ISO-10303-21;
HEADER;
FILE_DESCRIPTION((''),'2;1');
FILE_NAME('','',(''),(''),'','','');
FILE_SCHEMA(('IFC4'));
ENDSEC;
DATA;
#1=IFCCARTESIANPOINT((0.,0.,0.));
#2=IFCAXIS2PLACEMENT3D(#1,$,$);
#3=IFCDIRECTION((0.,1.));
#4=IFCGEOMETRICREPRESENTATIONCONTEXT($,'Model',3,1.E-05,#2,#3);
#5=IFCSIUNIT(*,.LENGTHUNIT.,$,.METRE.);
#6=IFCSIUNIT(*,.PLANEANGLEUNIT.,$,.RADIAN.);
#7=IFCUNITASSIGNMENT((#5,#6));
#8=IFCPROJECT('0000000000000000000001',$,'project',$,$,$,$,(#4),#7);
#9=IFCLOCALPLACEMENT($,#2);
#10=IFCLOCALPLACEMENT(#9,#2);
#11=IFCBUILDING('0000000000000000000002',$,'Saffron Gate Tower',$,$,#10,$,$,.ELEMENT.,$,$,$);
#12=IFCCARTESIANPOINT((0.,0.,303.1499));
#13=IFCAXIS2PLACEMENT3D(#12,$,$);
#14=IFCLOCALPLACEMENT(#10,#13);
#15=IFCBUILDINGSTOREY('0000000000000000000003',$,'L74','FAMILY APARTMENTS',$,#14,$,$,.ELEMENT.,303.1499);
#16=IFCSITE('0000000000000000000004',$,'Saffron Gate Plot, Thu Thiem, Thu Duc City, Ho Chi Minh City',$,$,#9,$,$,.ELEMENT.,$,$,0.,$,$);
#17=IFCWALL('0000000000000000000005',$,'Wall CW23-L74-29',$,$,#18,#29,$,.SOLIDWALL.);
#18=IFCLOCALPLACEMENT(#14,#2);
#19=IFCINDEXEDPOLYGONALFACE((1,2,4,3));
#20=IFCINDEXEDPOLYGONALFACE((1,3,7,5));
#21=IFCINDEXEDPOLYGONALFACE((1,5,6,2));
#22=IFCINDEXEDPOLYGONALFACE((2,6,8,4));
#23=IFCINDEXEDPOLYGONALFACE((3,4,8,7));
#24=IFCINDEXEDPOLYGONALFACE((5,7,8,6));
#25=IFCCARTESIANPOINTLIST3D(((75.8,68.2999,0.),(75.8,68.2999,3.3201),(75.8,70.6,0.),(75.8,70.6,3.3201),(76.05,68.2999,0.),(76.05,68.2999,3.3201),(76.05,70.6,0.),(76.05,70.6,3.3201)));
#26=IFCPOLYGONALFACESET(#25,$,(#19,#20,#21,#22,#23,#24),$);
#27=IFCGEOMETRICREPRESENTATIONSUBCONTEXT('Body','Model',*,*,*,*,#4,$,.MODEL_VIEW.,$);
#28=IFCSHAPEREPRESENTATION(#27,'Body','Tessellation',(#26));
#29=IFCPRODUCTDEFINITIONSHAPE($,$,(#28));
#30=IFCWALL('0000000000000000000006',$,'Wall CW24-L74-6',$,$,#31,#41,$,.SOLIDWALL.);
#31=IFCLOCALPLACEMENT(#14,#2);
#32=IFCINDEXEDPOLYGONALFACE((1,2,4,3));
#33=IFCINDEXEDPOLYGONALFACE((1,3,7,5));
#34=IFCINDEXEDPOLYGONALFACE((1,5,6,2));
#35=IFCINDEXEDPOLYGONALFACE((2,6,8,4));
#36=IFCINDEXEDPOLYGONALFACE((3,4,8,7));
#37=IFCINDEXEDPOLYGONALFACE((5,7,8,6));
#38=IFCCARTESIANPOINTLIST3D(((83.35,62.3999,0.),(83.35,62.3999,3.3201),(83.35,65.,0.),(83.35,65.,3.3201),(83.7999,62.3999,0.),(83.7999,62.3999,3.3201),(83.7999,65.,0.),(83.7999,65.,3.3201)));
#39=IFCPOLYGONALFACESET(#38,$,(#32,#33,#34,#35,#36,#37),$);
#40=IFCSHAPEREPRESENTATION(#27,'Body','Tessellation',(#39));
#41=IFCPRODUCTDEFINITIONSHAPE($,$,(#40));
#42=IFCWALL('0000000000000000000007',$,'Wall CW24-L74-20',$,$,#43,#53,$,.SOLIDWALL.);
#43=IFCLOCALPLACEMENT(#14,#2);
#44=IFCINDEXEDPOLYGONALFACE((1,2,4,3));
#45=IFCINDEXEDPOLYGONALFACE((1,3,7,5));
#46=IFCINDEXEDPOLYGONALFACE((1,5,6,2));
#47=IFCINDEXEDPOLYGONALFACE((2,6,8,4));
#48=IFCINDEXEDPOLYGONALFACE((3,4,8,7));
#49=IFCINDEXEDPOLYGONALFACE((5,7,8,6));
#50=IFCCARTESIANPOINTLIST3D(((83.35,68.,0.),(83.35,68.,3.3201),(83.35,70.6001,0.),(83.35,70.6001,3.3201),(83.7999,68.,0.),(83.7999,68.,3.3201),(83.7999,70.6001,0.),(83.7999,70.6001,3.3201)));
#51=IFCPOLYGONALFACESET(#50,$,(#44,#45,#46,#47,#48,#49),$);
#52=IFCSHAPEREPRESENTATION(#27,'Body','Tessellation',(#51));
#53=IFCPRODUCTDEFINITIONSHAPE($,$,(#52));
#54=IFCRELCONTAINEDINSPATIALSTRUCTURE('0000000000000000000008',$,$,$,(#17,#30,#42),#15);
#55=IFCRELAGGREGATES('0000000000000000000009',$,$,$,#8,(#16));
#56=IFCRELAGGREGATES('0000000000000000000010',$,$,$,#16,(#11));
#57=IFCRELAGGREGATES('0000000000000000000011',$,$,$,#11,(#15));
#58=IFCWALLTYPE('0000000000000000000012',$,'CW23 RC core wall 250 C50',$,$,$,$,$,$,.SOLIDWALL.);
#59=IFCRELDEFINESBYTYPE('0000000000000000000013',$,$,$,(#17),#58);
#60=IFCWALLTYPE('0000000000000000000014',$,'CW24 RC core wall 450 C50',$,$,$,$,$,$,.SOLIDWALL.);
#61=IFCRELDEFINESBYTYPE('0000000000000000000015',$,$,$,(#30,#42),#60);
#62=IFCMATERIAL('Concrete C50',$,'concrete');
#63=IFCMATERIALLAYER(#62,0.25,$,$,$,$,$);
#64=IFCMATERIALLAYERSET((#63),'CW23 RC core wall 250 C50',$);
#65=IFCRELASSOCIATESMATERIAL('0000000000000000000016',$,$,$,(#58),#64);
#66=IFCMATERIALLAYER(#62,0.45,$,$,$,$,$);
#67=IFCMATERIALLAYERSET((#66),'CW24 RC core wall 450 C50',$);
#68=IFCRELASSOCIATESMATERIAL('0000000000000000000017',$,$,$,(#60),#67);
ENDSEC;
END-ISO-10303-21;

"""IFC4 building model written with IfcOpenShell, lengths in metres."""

from ifc_helpers import new_model, si_unit, direction, frame, frame_2d, origin, place, context, subcontext, project, spatial, rectangle, extrude, material, layer, layer_set, type_object, element, save


model = new_model("IFC4")

# Units and contexts
model_context = context("Model", 3, precision=1e-05, world=origin(), true_north=direction((0.0, 1.0)))
body_context = subcontext(model_context, "Body", "Model", "MODEL_VIEW")
ifc_project = project(units=[si_unit("LENGTHUNIT", "METRE"), si_unit("PLANEANGLEUNIT", "RADIAN")], contexts=[model_context])

# Site, building, storey
site_placement = place(None, origin())
site = spatial("IfcSite", under=ifc_project, at=site_placement, Name="Saffron Gate Plot, Thu Thiem, Thu Duc City, Ho Chi Minh City", CompositionType="ELEMENT", RefElevation=0.0)
building_placement = place(site_placement, origin())
building = spatial("IfcBuilding", under=site, at=building_placement, Name="Saffron Gate Tower", CompositionType="ELEMENT")
storey_placement = place(building_placement, frame((0.0, 0.0, 303.1499)))
storey = spatial("IfcBuildingStorey", under=building, at=storey_placement, Name="L74", Description="FAMILY APARTMENTS", CompositionType="ELEMENT", Elevation=303.1499)

# Walls
ifc_material_1 = material(Name="Concrete C50", Category="concrete")
ifc_layer_1 = layer(ifc_material_1, 0.25)
ifc_layer_set_1 = layer_set([ifc_layer_1], Name="CW23 RC core wall 250 C50")
wall_type_1 = type_object("IfcWallType", Name="CW23 RC core wall 250 C50", PredefinedType="SOLIDWALL", material=ifc_layer_set_1)
wall_1_placement = place(storey_placement, frame((75.925, 68.3, 0.0), z_axis=(0.0, 0.0, 1.0), x_axis=(0.0, 1.0, 0.0)))
element("IfcWall", 1, at=wall_1_placement, inside=storey, type_object=wall_type_1, Name="Wall CW23-L74-29", PredefinedType="SOLIDWALL", context=body_context, shape_type="SweptSolid", body=[
    extrude(rectangle(XDim=2.3, YDim=0.25, at=frame_2d((1.1499, 0.0))), origin(), (0.0, 0.0, 1.0), 3.3201),
])
ifc_layer_2 = layer(ifc_material_1, 0.45)
ifc_layer_set_2 = layer_set([ifc_layer_2], Name="CW24 RC core wall 450 C50")
wall_type_2 = type_object("IfcWallType", Name="CW24 RC core wall 450 C50", PredefinedType="SOLIDWALL", material=ifc_layer_set_2)
for number, where, z_axis, x_axis, name in (
    (2, (83.575, 62.3999, 0.0), (0.0, 0.0, 1.0), (0.0, 1.0, 0.0), "Wall CW24-L74-6"),
    (3, (83.575, 68.0, 0.0), (0.0, 0.0, 1.0), (0.0, 1.0, 0.0), "Wall CW24-L74-20"),
):
    element("IfcWall", number, at=place(storey_placement, frame(where, z_axis=z_axis, x_axis=x_axis)), inside=storey, type_object=wall_type_2, Name=name, PredefinedType="SOLIDWALL", context=body_context, shape_type="SweptSolid", body=[
        extrude(rectangle(XDim=2.6001, YDim=0.45, at=frame_2d((1.3, 0.0))), origin(), (0.0, 0.0, 1.0), 3.3201),
    ])

save(model, "model.ifc")
